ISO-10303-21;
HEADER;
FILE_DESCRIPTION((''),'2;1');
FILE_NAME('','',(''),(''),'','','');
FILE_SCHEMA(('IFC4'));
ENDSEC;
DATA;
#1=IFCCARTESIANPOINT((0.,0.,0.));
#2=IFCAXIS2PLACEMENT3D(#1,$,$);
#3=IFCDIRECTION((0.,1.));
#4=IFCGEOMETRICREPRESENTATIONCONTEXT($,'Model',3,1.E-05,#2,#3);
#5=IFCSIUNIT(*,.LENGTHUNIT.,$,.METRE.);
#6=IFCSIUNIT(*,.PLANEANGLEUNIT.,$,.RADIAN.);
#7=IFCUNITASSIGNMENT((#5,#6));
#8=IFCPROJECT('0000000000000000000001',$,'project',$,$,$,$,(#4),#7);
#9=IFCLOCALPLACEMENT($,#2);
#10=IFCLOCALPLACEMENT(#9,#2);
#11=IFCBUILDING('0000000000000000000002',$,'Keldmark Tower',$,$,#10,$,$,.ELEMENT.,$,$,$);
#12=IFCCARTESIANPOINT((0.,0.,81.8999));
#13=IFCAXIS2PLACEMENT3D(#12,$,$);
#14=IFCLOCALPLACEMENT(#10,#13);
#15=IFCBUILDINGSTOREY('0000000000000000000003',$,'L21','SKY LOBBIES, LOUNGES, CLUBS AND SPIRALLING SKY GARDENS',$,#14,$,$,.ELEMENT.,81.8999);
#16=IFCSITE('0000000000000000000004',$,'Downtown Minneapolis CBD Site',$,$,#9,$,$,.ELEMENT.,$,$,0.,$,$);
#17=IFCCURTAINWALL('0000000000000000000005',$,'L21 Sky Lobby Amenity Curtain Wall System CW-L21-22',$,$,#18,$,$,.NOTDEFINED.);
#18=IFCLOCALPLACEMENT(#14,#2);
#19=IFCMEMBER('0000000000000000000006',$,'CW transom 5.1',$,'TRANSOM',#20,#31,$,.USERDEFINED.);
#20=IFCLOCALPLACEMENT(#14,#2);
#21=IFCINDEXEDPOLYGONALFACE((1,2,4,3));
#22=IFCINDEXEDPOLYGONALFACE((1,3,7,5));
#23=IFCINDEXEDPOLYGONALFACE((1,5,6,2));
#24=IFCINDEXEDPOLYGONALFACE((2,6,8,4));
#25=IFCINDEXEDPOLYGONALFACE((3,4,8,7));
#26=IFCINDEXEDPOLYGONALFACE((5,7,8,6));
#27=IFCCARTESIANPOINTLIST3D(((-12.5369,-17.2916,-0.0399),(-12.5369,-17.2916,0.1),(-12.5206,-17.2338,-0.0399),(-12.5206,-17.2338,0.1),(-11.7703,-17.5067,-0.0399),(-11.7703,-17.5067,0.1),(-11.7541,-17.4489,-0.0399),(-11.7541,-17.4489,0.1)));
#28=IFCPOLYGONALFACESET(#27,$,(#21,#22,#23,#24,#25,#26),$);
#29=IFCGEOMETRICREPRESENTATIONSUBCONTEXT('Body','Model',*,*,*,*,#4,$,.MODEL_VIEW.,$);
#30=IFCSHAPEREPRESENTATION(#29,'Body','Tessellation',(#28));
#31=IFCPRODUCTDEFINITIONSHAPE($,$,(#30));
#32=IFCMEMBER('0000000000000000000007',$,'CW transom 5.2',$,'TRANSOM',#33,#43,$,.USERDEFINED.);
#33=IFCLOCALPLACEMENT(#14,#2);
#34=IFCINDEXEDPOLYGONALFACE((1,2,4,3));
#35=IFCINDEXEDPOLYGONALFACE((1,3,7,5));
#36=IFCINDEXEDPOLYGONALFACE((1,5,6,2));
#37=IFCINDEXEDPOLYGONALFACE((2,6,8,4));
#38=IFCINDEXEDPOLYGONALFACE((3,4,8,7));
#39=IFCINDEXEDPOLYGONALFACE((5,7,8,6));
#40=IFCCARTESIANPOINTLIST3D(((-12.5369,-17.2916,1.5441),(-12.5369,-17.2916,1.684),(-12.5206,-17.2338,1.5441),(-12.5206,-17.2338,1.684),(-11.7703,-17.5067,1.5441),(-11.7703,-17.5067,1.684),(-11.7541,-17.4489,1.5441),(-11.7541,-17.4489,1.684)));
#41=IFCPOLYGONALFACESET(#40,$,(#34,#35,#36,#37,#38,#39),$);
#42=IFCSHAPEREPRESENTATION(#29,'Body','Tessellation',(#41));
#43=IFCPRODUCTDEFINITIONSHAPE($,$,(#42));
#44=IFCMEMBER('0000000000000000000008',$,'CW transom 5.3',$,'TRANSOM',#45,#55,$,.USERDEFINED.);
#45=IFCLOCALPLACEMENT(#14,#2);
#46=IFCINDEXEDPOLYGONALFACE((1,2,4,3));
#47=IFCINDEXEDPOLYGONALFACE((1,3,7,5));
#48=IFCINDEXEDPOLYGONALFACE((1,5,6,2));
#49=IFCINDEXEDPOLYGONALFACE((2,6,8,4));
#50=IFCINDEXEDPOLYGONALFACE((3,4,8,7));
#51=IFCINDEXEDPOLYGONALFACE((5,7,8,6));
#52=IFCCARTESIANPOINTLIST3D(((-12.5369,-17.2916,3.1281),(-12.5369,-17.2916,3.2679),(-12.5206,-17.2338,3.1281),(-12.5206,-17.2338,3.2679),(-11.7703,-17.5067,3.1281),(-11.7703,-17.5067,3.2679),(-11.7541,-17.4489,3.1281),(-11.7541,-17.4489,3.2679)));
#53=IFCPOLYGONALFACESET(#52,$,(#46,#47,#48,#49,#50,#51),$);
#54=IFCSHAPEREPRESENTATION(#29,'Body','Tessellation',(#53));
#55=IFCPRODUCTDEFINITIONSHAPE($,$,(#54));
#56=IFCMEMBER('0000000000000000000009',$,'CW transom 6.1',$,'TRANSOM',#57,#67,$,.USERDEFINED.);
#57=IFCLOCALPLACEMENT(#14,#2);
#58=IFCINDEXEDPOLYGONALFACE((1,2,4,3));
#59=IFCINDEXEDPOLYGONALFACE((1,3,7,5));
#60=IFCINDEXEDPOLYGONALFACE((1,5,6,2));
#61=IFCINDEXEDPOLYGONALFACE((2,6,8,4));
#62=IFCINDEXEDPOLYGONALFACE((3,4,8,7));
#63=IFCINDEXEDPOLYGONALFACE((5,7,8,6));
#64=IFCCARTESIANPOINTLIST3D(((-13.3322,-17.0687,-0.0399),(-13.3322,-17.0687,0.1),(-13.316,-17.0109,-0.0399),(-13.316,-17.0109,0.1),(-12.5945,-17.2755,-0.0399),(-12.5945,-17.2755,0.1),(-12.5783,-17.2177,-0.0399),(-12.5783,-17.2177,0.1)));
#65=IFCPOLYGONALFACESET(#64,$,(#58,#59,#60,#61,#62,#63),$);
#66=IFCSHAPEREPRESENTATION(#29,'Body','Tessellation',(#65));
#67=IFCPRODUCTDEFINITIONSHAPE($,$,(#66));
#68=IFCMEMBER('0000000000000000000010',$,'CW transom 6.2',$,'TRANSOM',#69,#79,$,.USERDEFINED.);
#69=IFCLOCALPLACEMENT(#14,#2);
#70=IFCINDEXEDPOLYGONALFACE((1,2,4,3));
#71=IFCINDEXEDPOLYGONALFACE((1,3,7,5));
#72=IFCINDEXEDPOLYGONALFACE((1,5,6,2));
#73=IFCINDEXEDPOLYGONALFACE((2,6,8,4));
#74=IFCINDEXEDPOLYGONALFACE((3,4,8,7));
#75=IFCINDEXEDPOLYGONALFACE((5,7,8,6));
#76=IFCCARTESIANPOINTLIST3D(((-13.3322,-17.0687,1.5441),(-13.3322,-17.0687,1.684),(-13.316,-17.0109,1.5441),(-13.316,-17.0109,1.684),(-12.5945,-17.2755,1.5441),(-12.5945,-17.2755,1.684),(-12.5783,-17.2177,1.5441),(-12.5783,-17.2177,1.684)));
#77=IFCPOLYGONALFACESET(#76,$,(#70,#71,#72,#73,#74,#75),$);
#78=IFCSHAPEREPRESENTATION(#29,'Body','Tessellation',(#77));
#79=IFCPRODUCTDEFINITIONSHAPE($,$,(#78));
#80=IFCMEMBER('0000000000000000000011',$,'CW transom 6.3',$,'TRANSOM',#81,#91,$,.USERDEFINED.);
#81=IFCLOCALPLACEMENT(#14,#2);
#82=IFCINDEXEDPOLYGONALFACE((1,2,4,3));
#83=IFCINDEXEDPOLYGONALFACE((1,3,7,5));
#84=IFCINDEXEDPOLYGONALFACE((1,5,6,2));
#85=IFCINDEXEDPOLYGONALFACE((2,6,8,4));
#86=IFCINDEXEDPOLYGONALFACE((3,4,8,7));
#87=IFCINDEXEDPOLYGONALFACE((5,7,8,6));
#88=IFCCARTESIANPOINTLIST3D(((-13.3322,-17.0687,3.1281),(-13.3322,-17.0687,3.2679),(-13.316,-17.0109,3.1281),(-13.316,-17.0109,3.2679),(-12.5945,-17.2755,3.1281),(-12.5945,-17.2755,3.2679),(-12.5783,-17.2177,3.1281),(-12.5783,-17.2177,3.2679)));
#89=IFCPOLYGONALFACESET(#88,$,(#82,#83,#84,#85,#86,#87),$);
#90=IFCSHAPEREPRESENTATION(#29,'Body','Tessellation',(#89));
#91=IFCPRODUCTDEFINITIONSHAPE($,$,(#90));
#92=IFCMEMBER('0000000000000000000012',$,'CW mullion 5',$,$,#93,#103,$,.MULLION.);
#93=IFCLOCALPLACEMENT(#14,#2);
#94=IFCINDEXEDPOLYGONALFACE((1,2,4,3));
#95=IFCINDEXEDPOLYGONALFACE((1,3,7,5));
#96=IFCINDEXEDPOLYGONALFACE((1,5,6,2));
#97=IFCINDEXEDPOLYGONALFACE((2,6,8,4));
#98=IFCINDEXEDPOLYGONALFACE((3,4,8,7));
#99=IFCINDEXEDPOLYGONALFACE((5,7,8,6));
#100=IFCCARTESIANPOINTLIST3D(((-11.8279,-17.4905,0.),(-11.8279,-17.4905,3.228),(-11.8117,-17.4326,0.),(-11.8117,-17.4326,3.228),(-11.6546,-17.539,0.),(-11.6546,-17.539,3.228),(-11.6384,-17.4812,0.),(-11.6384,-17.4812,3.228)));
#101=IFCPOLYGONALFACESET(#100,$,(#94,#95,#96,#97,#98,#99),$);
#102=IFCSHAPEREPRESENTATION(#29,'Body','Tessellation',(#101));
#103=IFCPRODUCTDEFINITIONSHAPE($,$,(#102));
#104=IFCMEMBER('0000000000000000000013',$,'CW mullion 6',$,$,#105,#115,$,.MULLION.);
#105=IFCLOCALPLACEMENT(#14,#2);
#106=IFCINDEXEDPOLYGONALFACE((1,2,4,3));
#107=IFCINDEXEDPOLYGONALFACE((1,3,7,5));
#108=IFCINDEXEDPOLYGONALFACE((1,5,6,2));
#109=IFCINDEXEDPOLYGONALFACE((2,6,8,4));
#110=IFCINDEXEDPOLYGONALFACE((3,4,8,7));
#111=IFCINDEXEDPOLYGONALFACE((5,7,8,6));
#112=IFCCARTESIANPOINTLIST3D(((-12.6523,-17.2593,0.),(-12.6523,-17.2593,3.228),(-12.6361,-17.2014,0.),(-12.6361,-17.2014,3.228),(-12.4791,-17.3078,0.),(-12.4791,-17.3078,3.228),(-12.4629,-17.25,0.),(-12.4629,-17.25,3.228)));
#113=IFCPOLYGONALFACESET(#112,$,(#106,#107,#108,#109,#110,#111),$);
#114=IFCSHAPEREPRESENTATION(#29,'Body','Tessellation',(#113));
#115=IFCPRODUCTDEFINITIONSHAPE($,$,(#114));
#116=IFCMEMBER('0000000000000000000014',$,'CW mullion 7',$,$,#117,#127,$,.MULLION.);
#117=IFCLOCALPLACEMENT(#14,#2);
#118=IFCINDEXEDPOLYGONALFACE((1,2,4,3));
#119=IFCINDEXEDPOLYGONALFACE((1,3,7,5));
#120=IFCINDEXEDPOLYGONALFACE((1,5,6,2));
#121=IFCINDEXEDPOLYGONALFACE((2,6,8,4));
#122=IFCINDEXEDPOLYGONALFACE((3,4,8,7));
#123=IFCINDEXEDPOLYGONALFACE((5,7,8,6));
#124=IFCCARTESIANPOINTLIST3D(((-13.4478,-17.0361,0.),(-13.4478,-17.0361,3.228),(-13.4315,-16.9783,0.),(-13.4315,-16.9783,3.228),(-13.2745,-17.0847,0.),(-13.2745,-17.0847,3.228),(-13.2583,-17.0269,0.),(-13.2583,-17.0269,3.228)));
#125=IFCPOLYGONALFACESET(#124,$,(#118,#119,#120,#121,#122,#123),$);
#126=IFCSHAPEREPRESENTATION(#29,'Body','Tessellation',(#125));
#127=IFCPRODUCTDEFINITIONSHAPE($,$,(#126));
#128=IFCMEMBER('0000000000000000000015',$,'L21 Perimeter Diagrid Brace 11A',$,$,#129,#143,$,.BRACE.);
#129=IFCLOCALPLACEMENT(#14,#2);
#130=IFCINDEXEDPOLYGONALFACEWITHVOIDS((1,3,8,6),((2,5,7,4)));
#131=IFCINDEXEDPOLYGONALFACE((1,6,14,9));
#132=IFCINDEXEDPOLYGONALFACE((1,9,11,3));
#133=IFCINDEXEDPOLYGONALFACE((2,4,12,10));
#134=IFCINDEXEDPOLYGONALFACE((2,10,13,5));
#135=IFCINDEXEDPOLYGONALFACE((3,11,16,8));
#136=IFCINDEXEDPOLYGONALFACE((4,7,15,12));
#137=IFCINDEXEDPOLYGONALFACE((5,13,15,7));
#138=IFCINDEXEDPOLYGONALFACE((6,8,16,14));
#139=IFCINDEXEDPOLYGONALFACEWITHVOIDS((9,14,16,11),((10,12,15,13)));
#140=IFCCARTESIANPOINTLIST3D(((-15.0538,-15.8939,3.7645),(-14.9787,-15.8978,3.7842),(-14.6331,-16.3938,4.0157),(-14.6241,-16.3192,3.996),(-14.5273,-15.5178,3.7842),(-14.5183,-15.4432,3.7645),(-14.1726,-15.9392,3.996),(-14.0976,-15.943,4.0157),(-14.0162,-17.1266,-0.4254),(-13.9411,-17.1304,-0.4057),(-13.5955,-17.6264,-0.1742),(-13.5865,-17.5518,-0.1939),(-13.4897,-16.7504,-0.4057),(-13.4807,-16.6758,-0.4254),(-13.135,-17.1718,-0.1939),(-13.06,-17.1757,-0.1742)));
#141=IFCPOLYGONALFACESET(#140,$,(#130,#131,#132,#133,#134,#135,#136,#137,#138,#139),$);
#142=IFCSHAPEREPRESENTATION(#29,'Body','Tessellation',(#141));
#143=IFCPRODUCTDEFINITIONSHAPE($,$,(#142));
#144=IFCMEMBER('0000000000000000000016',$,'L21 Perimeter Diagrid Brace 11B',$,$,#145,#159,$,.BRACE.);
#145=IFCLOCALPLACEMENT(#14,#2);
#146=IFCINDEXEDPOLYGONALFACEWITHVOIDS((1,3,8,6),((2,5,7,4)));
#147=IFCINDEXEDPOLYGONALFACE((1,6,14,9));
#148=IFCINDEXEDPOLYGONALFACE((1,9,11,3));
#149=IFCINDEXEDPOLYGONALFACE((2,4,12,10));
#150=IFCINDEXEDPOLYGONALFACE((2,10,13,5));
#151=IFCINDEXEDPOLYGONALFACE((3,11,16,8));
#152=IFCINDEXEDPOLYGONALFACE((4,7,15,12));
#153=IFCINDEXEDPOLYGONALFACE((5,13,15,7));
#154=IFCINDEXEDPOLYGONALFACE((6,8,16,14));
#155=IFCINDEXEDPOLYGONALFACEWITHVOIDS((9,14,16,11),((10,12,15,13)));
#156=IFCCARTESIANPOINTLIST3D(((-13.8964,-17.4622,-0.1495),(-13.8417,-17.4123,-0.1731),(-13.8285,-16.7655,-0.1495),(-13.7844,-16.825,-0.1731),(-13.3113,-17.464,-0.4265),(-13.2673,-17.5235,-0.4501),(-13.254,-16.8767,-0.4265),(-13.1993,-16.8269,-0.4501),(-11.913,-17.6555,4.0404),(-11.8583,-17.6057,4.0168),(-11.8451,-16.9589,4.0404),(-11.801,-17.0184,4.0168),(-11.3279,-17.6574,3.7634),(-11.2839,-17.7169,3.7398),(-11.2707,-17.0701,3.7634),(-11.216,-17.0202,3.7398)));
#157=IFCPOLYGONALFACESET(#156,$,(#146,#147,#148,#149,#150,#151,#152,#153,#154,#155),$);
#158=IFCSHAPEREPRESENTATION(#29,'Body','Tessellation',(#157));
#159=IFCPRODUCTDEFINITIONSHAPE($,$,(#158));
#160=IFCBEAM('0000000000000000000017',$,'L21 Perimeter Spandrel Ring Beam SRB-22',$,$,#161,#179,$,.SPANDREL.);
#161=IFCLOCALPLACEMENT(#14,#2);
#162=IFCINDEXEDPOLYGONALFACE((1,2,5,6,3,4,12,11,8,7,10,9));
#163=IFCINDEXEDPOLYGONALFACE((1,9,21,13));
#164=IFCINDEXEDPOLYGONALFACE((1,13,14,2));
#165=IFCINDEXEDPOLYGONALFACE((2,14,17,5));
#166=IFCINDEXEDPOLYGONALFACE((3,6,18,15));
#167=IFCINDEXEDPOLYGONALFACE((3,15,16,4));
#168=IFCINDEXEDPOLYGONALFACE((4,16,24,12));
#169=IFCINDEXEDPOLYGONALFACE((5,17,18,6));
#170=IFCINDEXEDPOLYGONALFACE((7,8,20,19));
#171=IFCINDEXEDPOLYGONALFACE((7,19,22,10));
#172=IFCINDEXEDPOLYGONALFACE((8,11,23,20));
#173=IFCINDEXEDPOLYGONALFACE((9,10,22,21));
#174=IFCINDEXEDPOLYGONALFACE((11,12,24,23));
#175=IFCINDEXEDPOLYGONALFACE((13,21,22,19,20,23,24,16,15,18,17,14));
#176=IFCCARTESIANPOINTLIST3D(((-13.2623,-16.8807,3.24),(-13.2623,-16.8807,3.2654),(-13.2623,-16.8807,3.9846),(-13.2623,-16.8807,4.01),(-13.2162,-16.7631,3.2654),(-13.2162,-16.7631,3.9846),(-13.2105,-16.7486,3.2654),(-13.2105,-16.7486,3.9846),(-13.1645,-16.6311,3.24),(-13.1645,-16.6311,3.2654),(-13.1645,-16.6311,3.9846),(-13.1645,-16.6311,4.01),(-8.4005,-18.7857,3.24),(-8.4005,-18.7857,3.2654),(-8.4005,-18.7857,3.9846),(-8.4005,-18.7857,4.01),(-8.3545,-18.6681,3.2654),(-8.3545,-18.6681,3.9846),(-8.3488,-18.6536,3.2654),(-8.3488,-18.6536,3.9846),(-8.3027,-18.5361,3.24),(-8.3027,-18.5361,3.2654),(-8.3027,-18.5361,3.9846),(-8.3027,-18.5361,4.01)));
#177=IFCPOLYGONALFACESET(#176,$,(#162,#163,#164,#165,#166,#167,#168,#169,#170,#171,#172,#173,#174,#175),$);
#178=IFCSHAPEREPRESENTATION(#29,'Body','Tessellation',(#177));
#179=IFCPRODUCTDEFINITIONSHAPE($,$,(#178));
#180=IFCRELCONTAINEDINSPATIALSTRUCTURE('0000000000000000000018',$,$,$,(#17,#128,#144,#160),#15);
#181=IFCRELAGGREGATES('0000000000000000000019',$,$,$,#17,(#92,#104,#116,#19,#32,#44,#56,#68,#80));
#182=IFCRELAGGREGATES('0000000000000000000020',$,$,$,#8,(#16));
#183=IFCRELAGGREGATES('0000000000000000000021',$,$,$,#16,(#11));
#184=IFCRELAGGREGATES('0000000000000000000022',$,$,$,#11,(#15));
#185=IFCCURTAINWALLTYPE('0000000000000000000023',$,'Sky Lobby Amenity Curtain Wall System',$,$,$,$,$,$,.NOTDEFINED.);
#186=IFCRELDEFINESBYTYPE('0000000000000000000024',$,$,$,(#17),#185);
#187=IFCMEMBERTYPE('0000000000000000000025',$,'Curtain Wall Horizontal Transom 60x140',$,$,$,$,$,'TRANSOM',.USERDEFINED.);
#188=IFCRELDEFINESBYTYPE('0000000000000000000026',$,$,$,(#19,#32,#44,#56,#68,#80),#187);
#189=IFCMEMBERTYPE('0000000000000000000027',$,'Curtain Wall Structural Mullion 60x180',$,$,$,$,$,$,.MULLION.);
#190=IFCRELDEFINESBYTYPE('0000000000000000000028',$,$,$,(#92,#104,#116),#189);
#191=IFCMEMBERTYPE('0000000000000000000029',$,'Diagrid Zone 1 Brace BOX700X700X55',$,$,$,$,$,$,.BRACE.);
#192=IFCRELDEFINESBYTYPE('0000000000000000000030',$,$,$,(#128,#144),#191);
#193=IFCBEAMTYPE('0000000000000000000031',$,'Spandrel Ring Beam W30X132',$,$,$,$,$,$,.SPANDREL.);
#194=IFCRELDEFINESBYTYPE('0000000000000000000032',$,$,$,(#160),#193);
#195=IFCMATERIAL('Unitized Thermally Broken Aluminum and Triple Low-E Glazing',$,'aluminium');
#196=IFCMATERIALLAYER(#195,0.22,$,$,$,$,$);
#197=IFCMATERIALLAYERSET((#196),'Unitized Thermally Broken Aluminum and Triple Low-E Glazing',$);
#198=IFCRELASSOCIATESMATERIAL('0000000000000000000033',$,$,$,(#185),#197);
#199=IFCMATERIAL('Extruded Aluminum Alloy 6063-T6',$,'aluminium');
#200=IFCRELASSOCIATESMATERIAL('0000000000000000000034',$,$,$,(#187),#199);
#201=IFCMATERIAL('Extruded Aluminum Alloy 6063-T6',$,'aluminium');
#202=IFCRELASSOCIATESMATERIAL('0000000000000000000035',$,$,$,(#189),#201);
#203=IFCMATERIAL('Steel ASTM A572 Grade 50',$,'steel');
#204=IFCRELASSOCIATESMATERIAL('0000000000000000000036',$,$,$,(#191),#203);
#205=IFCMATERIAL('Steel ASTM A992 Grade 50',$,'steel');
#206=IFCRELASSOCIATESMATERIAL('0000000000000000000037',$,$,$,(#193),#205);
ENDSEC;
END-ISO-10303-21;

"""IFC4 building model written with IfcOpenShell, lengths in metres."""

from ifc_helpers import new_model, si_unit, direction, frame, origin, origin_2d, place, context, subcontext, project, spatial, rectangle, hollow_rectangle, i_section, extrude, material, layer, layer_set, material_profile, profile_set, type_object, element, aggregate, save


model = new_model("IFC4")

# Units and contexts
model_context = context("Model", 3, precision=1e-05, world=origin(), true_north=direction((0.0, 1.0)))
body_context = subcontext(model_context, "Body", "Model", "MODEL_VIEW")
ifc_project = project(units=[si_unit("LENGTHUNIT", "METRE"), si_unit("PLANEANGLEUNIT", "RADIAN")], contexts=[model_context])

# Site, building, storey
site_placement = place(None, origin())
site = spatial("IfcSite", under=ifc_project, at=site_placement, Name="Downtown Minneapolis CBD Site", CompositionType="ELEMENT", RefElevation=0.0)
building_placement = place(site_placement, origin())
building = spatial("IfcBuilding", under=site, at=building_placement, Name="Keldmark Tower", CompositionType="ELEMENT")
storey_placement = place(building_placement, frame((0.0, 0.0, 81.8999)))
storey = spatial("IfcBuildingStorey", under=building, at=storey_placement, Name="L21", Description="SKY LOBBIES, LOUNGES, CLUBS AND SPIRALLING SKY GARDENS", CompositionType="ELEMENT", Elevation=81.8999)

# Curtain wall, members
ifc_material_1 = material(Name="Unitized Thermally Broken Aluminum and Triple Low-E Glazing", Category="aluminium")
ifc_layer_1 = layer(ifc_material_1, 0.22)
ifc_layer_set_1 = layer_set([ifc_layer_1], Name="Unitized Thermally Broken Aluminum and Triple Low-E Glazing")
curtain_wall_type = type_object("IfcCurtainWallType", Name="Sky Lobby Amenity Curtain Wall System", PredefinedType="NOTDEFINED", material=ifc_layer_set_1)
curtain_wall_placement = place(storey_placement, origin())
curtain_wall = element("IfcCurtainWall", 1, at=curtain_wall_placement, inside=storey, type_object=curtain_wall_type, Name="L21 Sky Lobby Amenity Curtain Wall System CW-L21-22", PredefinedType="NOTDEFINED")
ifc_material_2 = material(Name="Extruded Aluminum Alloy 6063-T6", Category="aluminium")
ifc_material_profile_1 = material_profile(ifc_material_2, rectangle(XDim=0.0601, YDim=0.1399, at=origin_2d()), Name="CWT60X140")
ifc_profile_set_1 = profile_set([ifc_material_profile_1], Name="Extruded Aluminum Alloy 6063-T6")
member_type_1 = type_object("IfcMemberType", Name="Curtain Wall Horizontal Transom 60x140", ElementType="TRANSOM", PredefinedType="USERDEFINED", material=ifc_profile_set_1)
member_1_placement = place(storey_placement, frame((-11.7622, -17.4778, 0.03), z_axis=(-0.962821, 0.270142, 0.0), x_axis=(-0.270142, -0.962821, 0.0)))
member_1 = element("IfcMember", 2, at=member_1_placement, type_object=member_type_1, Name="CW transom 5.1", ObjectType="TRANSOM", PredefinedType="USERDEFINED", context=body_context, shape_type="SweptSolid", body=[
    extrude(rectangle(XDim=0.0601, YDim=0.1399, at=origin_2d()), origin(), (0.0, 0.0, 1.0), 0.7961),
])
member_2_placement = place(storey_placement, frame((-11.7622, -17.4778, 1.614), z_axis=(-0.962821, 0.270142, 0.0), x_axis=(-0.270142, -0.962821, 0.0)))
member_2 = element("IfcMember", 3, at=member_2_placement, type_object=member_type_1, Name="CW transom 5.2", ObjectType="TRANSOM", PredefinedType="USERDEFINED", context=body_context, shape_type="SweptSolid", body=[
    extrude(rectangle(XDim=0.0601, YDim=0.1399, at=origin_2d()), origin(), (0.0, 0.0, 1.0), 0.7961),
])
member_3_placement = place(storey_placement, frame((-11.7622, -17.4778, 3.198), z_axis=(-0.962821, 0.270142, 0.0), x_axis=(-0.270142, -0.962821, 0.0)))
member_3 = element("IfcMember", 4, at=member_3_placement, type_object=member_type_1, Name="CW transom 5.3", ObjectType="TRANSOM", PredefinedType="USERDEFINED", context=body_context, shape_type="SweptSolid", body=[
    extrude(rectangle(XDim=0.0601, YDim=0.1399, at=origin_2d()), origin(), (0.0, 0.0, 1.0), 0.7961),
])
member_4_placement = place(storey_placement, frame((-12.5864, -17.2466, 0.03), z_axis=(-0.962894, 0.269878, 0.0), x_axis=(-0.269878, -0.962894, 0.0)))
member_4 = element("IfcMember", 5, at=member_4_placement, type_object=member_type_1, Name="CW transom 6.1", ObjectType="TRANSOM", PredefinedType="USERDEFINED", context=body_context, shape_type="SweptSolid", body=[
    extrude(rectangle(XDim=0.0601, YDim=0.1399, at=origin_2d()), origin(), (0.0, 0.0, 1.0), 0.7661),
])
member_5_placement = place(storey_placement, frame((-12.5864, -17.2466, 1.614), z_axis=(-0.962894, 0.269878, 0.0), x_axis=(-0.269878, -0.962894, 0.0)))
member_5 = element("IfcMember", 6, at=member_5_placement, type_object=member_type_1, Name="CW transom 6.2", ObjectType="TRANSOM", PredefinedType="USERDEFINED", context=body_context, shape_type="SweptSolid", body=[
    extrude(rectangle(XDim=0.0601, YDim=0.1399, at=origin_2d()), origin(), (0.0, 0.0, 1.0), 0.7661),
])
member_6_placement = place(storey_placement, frame((-12.5864, -17.2466, 3.198), z_axis=(-0.962894, 0.269878, 0.0), x_axis=(-0.269878, -0.962894, 0.0)))
member_6 = element("IfcMember", 7, at=member_6_placement, type_object=member_type_1, Name="CW transom 6.3", ObjectType="TRANSOM", PredefinedType="USERDEFINED", context=body_context, shape_type="SweptSolid", body=[
    extrude(rectangle(XDim=0.0601, YDim=0.1399, at=origin_2d()), origin(), (0.0, 0.0, 1.0), 0.7661),
])
ifc_material_3 = material(Name="Extruded Aluminum Alloy 6063-T6", Category="aluminium")
ifc_material_profile_2 = material_profile(ifc_material_3, rectangle(XDim=0.0601, YDim=0.1799, at=origin_2d()), Name="CWM60X180")
ifc_profile_set_2 = profile_set([ifc_material_profile_2], Name="Extruded Aluminum Alloy 6063-T6")
member_type_2 = type_object("IfcMemberType", Name="Curtain Wall Structural Mullion 60x180", PredefinedType="MULLION", material=ifc_profile_set_2)
member_7_placement = place(storey_placement, frame((-11.7332, -17.4858, 0.0), z_axis=(0.0, 0.0, 1.0), x_axis=(-0.270028, -0.962852, 0.0)))
member_7 = element("IfcMember", 8, at=member_7_placement, type_object=member_type_2, Name="CW mullion 5", PredefinedType="MULLION", context=body_context, shape_type="SweptSolid", body=[
    extrude(rectangle(XDim=0.0601, YDim=0.1799, at=origin_2d()), origin(), (0.0, 0.0, 1.0), 3.228),
])
member_8_placement = place(storey_placement, frame((-12.5576, -17.2546, 0.0), z_axis=(0.0, 0.0, 1.0), x_axis=(-0.270028, -0.962852, 0.0)))
member_8 = element("IfcMember", 9, at=member_8_placement, type_object=member_type_2, Name="CW mullion 6", PredefinedType="MULLION", context=body_context, shape_type="SweptSolid", body=[
    extrude(rectangle(XDim=0.0601, YDim=0.1799, at=origin_2d()), origin(), (0.0, 0.0, 1.0), 3.228),
])
member_9_placement = place(storey_placement, frame((-13.353, -17.0315, 0.0), z_axis=(0.0, 0.0, 1.0), x_axis=(-0.270028, -0.962852, 0.0)))
member_9 = element("IfcMember", 10, at=member_9_placement, type_object=member_type_2, Name="CW mullion 7", PredefinedType="MULLION", context=body_context, shape_type="SweptSolid", body=[
    extrude(rectangle(XDim=0.0601, YDim=0.1799, at=origin_2d()), origin(), (0.0, 0.0, 1.0), 3.228),
])

# Members
ifc_material_4 = material(Name="Steel ASTM A572 Grade 50", Category="steel")
ifc_material_profile_3 = material_profile(ifc_material_4, hollow_rectangle(XDim=0.7, YDim=0.7, WallThickness=0.0549, at=origin_2d()), Name="BOX700X700X55")
ifc_profile_set_3 = profile_set([ifc_material_profile_3], Name="Steel ASTM A572 Grade 50")
member_type_3 = type_object("IfcMemberType", Name="Diagrid Zone 1 Brace BOX700X700X55", PredefinedType="BRACE", material=ifc_profile_set_3)
member_10_placement = place(storey_placement, frame((-13.5381, -17.1511, -0.2998), z_axis=(-0.231139, 0.274593, 0.933367), x_axis=(-0.765045, -0.643977, 0.0)))
element("IfcMember", 11, at=member_10_placement, inside=storey, type_object=member_type_3, Name="L21 Perimeter Diagrid Brace 11A", PredefinedType="BRACE", context=body_context, shape_type="SweptSolid", body=[
    extrude(hollow_rectangle(XDim=0.7, YDim=0.7, WallThickness=0.0549, at=origin_2d()), origin(), (0.0, 0.0, 1.0), 4.489),
])
member_11_placement = place(storey_placement, frame((-13.5479, -17.1445, -0.2998), z_axis=(0.427484, -0.041675, 0.903062), x_axis=(0.097029, 0.995282, 0.0)))
element("IfcMember", 12, at=member_11_placement, inside=storey, type_object=member_type_3, Name="L21 Perimeter Diagrid Brace 11B", PredefinedType="BRACE", context=body_context, shape_type="SweptSolid", body=[
    extrude(hollow_rectangle(XDim=0.7, YDim=0.7, WallThickness=0.0549, at=origin_2d()), origin(), (0.0, 0.0, 1.0), 4.6396),
])

# Beam
ifc_material_5 = material(Name="Steel ASTM A992 Grade 50", Category="steel")
ifc_material_profile_4 = material_profile(ifc_material_5, i_section(OverallWidth=0.2681, OverallDepth=0.77, WebThickness=0.0156, FlangeThickness=0.0254, at=origin_2d()), Name="W30X132")
ifc_profile_set_4 = profile_set([ifc_material_profile_4], Name="Steel ASTM A992 Grade 50")
beam_type = type_object("IfcBeamType", Name="Spandrel Ring Beam W30X132", PredefinedType="SPANDREL", material=ifc_profile_set_4)
beam_placement = place(storey_placement, frame((-13.2134, -16.7559, 3.625), z_axis=(0.931075, -0.364828, 0.0), x_axis=(0.364828, 0.931075, 0.0)))
element("IfcBeam", 13, at=beam_placement, inside=storey, type_object=beam_type, Name="L21 Perimeter Spandrel Ring Beam SRB-22", PredefinedType="SPANDREL", context=body_context, shape_type="SweptSolid", body=[
    extrude(i_section(OverallWidth=0.2681, OverallDepth=0.77, WebThickness=0.0156, FlangeThickness=0.0254, at=origin_2d()), origin(), (0.0, 0.0, 1.0), 5.2217),
])

aggregate(curtain_wall, [member_7, member_8, member_9, member_1, member_2, member_3, member_4, member_5, member_6])

save(model, "model.ifc")
